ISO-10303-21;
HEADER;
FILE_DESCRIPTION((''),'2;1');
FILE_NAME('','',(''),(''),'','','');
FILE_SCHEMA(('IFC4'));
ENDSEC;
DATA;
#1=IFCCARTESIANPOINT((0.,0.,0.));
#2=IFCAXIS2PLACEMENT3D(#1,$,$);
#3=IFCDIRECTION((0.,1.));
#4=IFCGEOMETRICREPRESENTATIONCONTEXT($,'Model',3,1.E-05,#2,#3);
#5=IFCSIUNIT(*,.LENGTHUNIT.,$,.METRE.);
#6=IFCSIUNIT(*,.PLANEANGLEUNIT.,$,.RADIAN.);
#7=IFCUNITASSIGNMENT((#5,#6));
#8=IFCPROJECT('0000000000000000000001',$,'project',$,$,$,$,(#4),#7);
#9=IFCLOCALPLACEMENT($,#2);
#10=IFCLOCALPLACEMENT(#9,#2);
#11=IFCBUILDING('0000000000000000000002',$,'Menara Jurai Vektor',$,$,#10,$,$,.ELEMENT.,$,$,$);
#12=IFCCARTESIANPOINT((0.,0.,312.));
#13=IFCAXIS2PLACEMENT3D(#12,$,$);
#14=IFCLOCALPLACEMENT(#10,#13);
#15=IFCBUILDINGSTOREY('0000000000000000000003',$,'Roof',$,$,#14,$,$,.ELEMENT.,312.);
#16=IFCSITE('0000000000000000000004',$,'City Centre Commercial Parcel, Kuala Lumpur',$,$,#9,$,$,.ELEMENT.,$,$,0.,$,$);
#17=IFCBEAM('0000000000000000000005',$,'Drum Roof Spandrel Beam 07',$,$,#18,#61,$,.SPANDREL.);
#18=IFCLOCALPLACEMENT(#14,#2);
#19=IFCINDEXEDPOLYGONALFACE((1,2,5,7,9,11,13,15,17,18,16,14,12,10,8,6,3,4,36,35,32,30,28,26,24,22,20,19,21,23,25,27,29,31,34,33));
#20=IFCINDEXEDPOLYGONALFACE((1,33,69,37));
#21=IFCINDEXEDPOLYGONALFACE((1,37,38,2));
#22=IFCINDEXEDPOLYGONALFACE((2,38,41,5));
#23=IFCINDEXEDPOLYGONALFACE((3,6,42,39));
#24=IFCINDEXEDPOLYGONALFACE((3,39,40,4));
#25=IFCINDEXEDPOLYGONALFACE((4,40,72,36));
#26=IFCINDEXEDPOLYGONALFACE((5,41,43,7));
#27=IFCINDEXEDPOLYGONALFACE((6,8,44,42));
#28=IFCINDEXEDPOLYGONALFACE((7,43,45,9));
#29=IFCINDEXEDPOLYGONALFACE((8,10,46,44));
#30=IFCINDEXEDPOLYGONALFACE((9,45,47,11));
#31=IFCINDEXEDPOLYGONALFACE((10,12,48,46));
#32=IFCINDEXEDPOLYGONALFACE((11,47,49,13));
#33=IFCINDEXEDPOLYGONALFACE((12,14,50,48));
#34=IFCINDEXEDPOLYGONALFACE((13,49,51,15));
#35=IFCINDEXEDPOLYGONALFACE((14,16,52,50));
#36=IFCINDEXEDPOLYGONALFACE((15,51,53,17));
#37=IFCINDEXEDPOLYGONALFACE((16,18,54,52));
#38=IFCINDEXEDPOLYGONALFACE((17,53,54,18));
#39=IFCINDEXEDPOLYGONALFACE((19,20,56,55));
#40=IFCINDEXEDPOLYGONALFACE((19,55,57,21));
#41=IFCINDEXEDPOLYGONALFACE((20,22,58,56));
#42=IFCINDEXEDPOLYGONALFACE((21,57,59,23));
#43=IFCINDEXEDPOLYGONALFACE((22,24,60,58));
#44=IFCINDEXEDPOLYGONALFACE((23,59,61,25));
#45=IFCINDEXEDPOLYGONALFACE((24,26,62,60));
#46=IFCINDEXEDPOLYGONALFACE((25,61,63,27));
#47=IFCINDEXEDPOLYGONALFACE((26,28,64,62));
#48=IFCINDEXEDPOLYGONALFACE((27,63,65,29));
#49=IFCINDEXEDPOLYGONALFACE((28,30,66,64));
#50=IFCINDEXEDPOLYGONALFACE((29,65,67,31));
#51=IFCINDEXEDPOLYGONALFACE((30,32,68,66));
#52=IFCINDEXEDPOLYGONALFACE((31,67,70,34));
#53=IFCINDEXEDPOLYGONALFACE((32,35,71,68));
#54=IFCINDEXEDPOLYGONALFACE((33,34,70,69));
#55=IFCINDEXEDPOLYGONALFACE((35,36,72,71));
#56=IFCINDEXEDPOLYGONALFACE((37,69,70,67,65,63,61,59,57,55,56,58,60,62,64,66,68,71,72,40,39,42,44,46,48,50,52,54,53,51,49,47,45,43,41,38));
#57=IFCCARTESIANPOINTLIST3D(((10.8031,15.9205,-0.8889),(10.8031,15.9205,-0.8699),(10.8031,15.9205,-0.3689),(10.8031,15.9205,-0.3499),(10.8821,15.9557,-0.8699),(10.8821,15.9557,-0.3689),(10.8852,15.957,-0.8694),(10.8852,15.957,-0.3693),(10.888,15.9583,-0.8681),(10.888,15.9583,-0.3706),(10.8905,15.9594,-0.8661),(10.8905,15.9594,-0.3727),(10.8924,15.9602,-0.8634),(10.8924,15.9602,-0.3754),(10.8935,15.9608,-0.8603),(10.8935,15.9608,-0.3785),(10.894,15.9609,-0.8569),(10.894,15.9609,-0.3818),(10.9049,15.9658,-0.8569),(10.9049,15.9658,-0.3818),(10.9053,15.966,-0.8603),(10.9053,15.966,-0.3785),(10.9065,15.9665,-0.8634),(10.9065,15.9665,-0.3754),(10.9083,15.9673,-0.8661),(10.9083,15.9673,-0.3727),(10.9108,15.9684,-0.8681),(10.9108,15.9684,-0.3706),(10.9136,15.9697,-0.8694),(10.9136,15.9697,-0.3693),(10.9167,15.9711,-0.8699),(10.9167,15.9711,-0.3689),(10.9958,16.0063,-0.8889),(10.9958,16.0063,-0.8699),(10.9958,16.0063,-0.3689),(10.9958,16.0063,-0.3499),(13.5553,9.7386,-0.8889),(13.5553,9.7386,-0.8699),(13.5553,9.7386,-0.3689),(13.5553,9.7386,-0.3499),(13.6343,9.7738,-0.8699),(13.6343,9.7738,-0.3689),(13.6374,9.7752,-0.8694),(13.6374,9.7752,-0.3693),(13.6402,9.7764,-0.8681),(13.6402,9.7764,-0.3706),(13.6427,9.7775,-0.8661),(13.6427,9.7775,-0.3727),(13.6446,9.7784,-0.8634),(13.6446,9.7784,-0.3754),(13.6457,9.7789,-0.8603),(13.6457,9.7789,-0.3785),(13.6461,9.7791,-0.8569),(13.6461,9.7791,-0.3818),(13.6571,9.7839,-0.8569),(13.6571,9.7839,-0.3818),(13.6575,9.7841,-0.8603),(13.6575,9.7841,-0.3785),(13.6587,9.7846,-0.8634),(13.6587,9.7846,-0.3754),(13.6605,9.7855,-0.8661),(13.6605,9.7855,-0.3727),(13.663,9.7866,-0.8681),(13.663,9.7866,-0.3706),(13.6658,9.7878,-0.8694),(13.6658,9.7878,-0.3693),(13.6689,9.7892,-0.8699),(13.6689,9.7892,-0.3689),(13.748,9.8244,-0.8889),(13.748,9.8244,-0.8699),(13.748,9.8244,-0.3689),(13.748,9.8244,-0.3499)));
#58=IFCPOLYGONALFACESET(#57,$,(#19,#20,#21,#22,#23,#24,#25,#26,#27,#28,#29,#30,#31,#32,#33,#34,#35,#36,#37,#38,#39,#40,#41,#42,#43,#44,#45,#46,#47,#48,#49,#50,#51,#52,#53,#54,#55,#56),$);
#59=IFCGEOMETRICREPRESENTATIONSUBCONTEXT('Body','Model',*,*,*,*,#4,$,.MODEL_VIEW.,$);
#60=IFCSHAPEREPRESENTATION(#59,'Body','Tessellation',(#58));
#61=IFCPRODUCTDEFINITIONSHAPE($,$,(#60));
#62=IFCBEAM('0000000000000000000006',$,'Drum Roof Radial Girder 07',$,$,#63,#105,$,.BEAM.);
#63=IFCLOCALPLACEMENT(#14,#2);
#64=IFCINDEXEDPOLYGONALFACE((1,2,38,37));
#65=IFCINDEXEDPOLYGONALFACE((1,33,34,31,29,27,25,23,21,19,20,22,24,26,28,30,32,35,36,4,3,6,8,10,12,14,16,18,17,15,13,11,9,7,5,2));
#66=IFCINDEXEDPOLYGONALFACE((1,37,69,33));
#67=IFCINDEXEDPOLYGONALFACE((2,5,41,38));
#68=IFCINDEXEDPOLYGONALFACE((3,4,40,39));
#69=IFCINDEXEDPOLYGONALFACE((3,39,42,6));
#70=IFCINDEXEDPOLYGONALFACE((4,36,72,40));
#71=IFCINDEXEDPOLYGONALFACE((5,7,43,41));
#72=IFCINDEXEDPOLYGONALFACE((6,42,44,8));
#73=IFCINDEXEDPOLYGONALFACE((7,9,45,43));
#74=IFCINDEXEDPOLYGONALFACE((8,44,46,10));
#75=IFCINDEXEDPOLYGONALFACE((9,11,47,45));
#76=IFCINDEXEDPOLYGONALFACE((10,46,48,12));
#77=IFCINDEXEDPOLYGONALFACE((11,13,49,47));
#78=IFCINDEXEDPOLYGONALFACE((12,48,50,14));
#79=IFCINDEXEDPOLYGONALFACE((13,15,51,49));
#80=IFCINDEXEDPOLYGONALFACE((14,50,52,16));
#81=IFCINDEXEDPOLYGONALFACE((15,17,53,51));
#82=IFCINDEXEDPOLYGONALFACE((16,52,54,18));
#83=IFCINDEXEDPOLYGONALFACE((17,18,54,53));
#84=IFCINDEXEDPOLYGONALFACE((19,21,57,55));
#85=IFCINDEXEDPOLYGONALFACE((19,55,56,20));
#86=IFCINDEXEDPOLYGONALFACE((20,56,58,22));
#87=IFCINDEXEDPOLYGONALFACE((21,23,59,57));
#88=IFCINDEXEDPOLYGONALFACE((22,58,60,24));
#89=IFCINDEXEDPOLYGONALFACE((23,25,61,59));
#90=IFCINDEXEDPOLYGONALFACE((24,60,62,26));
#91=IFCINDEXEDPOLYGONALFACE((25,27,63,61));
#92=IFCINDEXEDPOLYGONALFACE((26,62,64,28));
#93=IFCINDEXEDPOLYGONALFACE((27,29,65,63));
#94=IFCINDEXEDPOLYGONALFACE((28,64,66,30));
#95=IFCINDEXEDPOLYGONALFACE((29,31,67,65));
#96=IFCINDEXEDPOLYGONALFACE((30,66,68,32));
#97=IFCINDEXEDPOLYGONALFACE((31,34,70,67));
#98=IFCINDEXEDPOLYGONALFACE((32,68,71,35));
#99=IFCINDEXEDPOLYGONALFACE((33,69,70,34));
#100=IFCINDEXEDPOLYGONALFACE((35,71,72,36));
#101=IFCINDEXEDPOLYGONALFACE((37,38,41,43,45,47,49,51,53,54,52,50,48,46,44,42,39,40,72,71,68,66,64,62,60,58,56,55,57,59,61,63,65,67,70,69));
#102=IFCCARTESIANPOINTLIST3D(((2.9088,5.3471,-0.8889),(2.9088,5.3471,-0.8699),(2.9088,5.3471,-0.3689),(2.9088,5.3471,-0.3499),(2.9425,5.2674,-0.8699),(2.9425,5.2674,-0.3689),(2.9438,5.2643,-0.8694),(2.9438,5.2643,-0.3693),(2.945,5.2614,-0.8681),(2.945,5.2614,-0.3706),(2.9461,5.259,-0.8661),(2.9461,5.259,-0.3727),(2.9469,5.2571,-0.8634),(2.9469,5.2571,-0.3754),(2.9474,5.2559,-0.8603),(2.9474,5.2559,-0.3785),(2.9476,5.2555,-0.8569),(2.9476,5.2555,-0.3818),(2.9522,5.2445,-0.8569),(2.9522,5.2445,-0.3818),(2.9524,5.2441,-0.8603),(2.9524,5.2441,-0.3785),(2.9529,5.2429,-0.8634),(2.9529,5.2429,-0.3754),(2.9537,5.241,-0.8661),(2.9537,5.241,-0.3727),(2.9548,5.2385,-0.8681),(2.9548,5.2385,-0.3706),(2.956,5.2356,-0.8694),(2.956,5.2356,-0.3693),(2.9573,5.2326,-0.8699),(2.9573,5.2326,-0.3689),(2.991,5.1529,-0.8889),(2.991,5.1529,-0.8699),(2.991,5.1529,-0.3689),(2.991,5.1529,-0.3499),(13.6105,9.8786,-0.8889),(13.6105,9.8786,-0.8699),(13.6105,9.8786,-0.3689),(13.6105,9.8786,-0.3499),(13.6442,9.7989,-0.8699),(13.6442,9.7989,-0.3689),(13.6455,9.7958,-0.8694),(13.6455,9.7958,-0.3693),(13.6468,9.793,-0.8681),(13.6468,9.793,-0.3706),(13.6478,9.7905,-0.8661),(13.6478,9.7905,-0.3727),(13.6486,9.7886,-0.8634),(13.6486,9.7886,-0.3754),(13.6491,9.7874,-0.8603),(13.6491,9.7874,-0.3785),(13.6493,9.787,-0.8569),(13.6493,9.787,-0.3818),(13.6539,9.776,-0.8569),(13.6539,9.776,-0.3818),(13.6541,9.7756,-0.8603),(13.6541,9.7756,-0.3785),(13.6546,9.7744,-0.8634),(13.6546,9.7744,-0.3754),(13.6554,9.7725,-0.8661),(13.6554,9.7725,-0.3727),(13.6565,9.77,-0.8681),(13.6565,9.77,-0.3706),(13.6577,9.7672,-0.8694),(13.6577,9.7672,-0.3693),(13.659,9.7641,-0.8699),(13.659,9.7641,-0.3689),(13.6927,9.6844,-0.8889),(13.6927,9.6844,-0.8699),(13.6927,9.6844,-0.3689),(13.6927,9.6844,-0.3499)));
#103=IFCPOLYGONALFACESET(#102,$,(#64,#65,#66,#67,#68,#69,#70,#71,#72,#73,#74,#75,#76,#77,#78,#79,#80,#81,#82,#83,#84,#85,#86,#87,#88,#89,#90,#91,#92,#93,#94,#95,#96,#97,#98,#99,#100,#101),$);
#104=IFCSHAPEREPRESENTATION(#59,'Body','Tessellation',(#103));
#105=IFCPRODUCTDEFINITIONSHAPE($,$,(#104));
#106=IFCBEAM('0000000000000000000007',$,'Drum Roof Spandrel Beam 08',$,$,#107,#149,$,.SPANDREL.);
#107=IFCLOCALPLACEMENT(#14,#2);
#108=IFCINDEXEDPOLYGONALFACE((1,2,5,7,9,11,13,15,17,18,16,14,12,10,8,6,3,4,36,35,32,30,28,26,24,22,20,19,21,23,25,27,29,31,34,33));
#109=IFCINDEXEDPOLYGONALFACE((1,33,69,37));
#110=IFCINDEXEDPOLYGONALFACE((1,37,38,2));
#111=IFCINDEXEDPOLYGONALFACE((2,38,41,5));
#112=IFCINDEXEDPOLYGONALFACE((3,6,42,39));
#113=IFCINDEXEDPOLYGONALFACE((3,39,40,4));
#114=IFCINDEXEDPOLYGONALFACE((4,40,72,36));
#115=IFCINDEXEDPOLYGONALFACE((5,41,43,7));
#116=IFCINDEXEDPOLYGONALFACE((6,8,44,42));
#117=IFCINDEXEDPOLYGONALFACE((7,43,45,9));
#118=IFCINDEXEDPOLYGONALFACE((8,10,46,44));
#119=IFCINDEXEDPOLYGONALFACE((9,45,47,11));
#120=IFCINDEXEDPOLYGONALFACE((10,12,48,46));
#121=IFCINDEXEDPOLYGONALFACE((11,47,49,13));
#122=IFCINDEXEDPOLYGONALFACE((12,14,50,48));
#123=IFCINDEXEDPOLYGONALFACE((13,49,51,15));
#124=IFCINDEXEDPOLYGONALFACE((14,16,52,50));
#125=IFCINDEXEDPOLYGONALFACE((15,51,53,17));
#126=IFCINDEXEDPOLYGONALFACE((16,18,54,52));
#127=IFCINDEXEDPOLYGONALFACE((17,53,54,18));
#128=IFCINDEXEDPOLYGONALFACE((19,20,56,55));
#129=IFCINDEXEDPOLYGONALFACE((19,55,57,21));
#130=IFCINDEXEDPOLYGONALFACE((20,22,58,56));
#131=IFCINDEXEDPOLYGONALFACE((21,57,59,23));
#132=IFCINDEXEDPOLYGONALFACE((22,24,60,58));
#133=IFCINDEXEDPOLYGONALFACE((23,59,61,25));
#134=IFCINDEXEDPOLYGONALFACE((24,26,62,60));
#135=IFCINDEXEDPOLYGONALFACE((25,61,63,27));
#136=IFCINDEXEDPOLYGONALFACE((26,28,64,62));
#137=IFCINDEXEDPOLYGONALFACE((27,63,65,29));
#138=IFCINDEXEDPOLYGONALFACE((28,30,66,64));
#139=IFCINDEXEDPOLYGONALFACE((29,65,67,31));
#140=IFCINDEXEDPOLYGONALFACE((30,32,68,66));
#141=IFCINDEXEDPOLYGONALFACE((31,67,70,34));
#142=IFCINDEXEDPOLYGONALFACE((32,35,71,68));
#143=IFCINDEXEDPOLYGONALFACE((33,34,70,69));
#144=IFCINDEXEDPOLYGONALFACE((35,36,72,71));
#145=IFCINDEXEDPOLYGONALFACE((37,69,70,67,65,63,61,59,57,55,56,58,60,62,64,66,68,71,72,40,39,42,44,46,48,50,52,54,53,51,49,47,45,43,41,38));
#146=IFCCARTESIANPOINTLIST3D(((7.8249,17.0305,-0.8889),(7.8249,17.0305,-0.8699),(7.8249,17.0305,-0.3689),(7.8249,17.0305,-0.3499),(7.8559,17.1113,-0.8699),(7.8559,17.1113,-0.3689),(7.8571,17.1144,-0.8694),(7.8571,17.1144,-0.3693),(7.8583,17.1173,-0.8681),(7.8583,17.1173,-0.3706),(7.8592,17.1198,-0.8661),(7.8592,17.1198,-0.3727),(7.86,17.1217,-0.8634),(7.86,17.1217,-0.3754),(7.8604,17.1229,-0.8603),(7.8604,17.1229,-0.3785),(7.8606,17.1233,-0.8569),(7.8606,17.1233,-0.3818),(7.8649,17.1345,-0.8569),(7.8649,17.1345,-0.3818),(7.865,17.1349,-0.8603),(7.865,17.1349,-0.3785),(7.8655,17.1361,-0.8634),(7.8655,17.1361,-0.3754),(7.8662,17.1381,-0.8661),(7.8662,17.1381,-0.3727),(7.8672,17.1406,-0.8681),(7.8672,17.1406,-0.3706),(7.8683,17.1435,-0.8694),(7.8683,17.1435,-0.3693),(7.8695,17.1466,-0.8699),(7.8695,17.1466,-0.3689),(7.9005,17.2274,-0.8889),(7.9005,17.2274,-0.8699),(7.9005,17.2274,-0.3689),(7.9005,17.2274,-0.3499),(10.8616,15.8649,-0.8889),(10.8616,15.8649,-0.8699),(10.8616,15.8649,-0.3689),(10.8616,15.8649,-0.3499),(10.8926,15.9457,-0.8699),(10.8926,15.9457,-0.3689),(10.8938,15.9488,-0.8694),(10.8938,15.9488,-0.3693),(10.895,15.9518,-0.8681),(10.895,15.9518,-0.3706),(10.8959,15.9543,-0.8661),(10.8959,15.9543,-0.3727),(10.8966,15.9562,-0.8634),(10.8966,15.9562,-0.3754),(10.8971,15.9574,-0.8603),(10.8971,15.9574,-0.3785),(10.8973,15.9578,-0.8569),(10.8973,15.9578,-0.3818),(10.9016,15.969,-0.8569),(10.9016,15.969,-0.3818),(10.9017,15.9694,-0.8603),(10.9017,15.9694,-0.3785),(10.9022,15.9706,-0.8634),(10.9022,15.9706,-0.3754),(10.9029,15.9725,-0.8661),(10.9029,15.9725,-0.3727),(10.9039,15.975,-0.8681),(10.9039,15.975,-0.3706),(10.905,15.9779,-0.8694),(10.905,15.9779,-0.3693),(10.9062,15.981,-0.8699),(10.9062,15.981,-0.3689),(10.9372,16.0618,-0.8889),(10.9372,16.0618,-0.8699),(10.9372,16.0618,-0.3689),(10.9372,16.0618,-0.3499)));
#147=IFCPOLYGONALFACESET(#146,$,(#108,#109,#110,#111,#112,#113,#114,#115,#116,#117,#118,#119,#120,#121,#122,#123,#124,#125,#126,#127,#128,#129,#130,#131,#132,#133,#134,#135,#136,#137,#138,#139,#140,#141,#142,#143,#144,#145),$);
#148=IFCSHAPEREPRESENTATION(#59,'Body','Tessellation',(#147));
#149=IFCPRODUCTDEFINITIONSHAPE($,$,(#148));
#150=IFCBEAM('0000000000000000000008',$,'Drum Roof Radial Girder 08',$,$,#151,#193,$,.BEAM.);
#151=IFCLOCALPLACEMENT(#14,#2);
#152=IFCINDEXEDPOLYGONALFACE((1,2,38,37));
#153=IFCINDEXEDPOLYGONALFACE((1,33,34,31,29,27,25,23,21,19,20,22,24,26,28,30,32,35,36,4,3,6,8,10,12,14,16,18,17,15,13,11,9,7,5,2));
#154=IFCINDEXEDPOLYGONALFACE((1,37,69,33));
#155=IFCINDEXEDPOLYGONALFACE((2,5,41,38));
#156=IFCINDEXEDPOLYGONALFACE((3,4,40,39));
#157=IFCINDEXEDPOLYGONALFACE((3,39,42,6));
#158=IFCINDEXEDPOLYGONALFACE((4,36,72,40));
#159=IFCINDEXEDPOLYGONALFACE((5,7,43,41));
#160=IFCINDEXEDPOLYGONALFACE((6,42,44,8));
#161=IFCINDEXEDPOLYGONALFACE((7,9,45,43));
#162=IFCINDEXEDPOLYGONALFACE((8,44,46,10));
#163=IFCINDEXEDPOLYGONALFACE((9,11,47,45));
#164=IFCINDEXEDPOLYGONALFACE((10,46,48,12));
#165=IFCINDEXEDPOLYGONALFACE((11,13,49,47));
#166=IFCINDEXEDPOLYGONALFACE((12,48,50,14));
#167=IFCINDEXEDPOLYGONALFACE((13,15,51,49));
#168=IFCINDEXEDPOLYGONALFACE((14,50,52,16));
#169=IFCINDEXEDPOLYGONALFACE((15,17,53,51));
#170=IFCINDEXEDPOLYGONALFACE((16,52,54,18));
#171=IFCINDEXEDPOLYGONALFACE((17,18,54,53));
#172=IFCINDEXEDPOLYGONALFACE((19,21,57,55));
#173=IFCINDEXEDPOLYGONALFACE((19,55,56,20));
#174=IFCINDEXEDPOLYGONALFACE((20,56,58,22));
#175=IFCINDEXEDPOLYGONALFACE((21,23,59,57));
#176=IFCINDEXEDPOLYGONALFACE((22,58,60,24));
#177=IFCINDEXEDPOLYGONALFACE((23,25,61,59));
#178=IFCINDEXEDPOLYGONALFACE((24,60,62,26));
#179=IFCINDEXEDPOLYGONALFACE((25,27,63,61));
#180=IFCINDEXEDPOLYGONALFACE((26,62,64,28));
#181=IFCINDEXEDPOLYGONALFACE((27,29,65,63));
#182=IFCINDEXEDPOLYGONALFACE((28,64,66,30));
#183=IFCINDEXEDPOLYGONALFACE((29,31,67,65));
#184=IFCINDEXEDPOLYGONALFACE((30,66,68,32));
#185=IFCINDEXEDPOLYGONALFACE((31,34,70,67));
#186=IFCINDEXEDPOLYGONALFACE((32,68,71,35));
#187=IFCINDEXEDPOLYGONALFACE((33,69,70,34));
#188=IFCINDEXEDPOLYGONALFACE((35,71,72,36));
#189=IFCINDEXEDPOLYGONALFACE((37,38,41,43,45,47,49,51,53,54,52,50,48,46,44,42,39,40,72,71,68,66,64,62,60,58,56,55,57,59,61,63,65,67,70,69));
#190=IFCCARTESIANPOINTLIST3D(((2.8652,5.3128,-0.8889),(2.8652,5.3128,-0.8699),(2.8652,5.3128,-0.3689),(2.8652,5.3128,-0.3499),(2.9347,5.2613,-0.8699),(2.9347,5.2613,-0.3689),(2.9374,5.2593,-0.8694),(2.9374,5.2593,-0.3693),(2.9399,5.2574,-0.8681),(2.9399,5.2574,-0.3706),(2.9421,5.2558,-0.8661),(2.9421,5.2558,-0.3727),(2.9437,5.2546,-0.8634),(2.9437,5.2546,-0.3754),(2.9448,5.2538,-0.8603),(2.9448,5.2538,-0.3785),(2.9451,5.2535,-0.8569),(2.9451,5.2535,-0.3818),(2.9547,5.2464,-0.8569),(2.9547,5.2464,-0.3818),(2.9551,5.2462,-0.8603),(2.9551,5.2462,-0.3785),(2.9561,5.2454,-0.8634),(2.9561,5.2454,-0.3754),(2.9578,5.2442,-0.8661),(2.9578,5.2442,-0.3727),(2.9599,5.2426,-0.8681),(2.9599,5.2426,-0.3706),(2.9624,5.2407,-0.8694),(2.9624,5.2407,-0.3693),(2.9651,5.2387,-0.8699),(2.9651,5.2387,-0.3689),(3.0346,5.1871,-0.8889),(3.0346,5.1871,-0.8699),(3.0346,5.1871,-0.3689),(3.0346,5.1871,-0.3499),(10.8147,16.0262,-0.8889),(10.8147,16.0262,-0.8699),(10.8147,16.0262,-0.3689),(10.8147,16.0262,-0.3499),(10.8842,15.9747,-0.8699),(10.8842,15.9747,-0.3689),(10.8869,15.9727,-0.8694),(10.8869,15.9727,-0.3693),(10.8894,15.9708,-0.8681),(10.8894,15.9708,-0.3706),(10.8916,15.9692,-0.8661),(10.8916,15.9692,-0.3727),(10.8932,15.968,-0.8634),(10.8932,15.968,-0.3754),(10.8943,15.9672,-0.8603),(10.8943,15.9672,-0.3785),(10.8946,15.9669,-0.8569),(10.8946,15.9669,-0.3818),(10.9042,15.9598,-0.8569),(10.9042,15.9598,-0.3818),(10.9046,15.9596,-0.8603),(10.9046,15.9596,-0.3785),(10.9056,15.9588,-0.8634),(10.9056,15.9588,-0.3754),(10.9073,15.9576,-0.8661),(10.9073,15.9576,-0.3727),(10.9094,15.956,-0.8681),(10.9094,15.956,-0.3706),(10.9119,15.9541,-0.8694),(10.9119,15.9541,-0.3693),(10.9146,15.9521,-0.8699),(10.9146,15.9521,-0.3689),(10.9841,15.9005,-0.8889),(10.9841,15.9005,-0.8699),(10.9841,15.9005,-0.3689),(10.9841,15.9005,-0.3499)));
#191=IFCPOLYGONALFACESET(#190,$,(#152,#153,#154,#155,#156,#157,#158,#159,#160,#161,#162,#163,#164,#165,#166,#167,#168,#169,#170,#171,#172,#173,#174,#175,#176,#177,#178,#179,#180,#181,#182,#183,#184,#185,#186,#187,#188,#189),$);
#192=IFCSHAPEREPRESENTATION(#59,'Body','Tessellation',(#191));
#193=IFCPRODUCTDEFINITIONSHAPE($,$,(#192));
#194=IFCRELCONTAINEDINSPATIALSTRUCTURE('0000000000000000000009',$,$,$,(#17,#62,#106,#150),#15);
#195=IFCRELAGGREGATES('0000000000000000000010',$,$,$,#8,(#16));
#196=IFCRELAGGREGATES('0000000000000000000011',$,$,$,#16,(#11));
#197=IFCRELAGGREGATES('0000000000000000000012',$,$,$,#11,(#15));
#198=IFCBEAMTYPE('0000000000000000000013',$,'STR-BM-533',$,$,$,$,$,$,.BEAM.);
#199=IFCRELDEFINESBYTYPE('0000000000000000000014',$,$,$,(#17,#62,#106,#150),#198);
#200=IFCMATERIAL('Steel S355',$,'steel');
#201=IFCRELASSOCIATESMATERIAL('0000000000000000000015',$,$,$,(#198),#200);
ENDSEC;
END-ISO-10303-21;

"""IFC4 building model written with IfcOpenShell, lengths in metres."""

from ifc_helpers import new_model, si_unit, direction, frame, origin, origin_2d, place, context, subcontext, project, spatial, i_section, extrude, material, material_profile, profile_set, type_object, element, save


model = new_model("IFC4")

# Units and contexts
model_context = context("Model", 3, precision=1e-05, world=origin(), true_north=direction((0.0, 1.0)))
body_context = subcontext(model_context, "Body", "Model", "MODEL_VIEW")
ifc_project = project(units=[si_unit("LENGTHUNIT", "METRE"), si_unit("PLANEANGLEUNIT", "RADIAN")], contexts=[model_context])

# Site, building, storey
site_placement = place(None, origin())
site = spatial("IfcSite", under=ifc_project, at=site_placement, Name="City Centre Commercial Parcel, Kuala Lumpur", CompositionType="ELEMENT", RefElevation=0.0)
building_placement = place(site_placement, origin())
building = spatial("IfcBuilding", under=site, at=building_placement, Name="Menara Jurai Vektor", CompositionType="ELEMENT")
storey_placement = place(building_placement, frame((0.0, 0.0, 312.0)))
storey = spatial("IfcBuildingStorey", under=building, at=storey_placement, Name="Roof", CompositionType="ELEMENT", Elevation=312.0)

# Beams
ifc_material_1 = material(Name="Steel S355", Category="steel")
ifc_material_profile_1 = material_profile(ifc_material_1, i_section(OverallWidth=0.2109, OverallDepth=0.5391, WebThickness=0.012, FlangeThickness=0.019, FilletRadius=0.0129, at=origin_2d()), Name="UKB 533x210x109")
ifc_profile_set_1 = profile_set([ifc_material_profile_1], Name="Steel S355")
beam_type_1 = type_object("IfcBeamType", Name="STR-BM-533", PredefinedType="BEAM", material=ifc_profile_set_1)
beam_1_placement = place(storey_placement, frame((13.6516, 9.7815, -0.6194), z_axis=(-0.406718, 0.913554, 0.0), x_axis=(-0.913554, -0.406718, 0.0)))
element("IfcBeam", 1, at=beam_1_placement, inside=storey, type_object=beam_type_1, Name="Drum Roof Spandrel Beam 07", PredefinedType="SPANDREL", context=body_context, shape_type="SweptSolid", body=[
    extrude(i_section(OverallWidth=0.2109, OverallDepth=0.5391, WebThickness=0.012, FlangeThickness=0.019, FilletRadius=0.0129, at=origin_2d()), origin(), (0.0, 0.0, 1.0), 6.7668),
])
beam_2_placement = place(storey_placement, frame((13.6516, 9.7815, -0.6194), z_axis=(-0.920848, -0.389922, 0.0), x_axis=(0.389922, -0.920848, 0.0)))
element("IfcBeam", 2, at=beam_2_placement, inside=storey, type_object=beam_type_1, Name="Drum Roof Radial Girder 07", PredefinedType="BEAM", context=body_context, shape_type="SweptSolid", body=[
    extrude(i_section(OverallWidth=0.2109, OverallDepth=0.5391, WebThickness=0.012, FlangeThickness=0.019, FilletRadius=0.0129, at=origin_2d()), origin(), (0.0, 0.0, 1.0), 11.6216),
])
beam_3_placement = place(storey_placement, frame((10.8994, 15.9634, -0.6194), z_axis=(-0.933593, 0.358335, 0.0), x_axis=(-0.358335, -0.933593, 0.0)))
element("IfcBeam", 3, at=beam_3_placement, inside=storey, type_object=beam_type_1, Name="Drum Roof Spandrel Beam 08", PredefinedType="SPANDREL", context=body_context, shape_type="SweptSolid", body=[
    extrude(i_section(OverallWidth=0.2109, OverallDepth=0.5391, WebThickness=0.012, FlangeThickness=0.019, FilletRadius=0.0129, at=origin_2d()), origin(), (0.0, 0.0, 1.0), 3.2527),
])
beam_4_placement = place(storey_placement, frame((10.8994, 15.9634, -0.6194), z_axis=(-0.595887, -0.803068, 0.0), x_axis=(0.803068, -0.595887, 0.0)))
element("IfcBeam", 4, at=beam_4_placement, inside=storey, type_object=beam_type_1, Name="Drum Roof Radial Girder 08", PredefinedType="BEAM", context=body_context, shape_type="SweptSolid", body=[
    extrude(i_section(OverallWidth=0.2109, OverallDepth=0.5391, WebThickness=0.012, FlangeThickness=0.019, FilletRadius=0.0129, at=origin_2d()), origin(), (0.0, 0.0, 1.0), 13.3406),
])

save(model, "model.ifc")
